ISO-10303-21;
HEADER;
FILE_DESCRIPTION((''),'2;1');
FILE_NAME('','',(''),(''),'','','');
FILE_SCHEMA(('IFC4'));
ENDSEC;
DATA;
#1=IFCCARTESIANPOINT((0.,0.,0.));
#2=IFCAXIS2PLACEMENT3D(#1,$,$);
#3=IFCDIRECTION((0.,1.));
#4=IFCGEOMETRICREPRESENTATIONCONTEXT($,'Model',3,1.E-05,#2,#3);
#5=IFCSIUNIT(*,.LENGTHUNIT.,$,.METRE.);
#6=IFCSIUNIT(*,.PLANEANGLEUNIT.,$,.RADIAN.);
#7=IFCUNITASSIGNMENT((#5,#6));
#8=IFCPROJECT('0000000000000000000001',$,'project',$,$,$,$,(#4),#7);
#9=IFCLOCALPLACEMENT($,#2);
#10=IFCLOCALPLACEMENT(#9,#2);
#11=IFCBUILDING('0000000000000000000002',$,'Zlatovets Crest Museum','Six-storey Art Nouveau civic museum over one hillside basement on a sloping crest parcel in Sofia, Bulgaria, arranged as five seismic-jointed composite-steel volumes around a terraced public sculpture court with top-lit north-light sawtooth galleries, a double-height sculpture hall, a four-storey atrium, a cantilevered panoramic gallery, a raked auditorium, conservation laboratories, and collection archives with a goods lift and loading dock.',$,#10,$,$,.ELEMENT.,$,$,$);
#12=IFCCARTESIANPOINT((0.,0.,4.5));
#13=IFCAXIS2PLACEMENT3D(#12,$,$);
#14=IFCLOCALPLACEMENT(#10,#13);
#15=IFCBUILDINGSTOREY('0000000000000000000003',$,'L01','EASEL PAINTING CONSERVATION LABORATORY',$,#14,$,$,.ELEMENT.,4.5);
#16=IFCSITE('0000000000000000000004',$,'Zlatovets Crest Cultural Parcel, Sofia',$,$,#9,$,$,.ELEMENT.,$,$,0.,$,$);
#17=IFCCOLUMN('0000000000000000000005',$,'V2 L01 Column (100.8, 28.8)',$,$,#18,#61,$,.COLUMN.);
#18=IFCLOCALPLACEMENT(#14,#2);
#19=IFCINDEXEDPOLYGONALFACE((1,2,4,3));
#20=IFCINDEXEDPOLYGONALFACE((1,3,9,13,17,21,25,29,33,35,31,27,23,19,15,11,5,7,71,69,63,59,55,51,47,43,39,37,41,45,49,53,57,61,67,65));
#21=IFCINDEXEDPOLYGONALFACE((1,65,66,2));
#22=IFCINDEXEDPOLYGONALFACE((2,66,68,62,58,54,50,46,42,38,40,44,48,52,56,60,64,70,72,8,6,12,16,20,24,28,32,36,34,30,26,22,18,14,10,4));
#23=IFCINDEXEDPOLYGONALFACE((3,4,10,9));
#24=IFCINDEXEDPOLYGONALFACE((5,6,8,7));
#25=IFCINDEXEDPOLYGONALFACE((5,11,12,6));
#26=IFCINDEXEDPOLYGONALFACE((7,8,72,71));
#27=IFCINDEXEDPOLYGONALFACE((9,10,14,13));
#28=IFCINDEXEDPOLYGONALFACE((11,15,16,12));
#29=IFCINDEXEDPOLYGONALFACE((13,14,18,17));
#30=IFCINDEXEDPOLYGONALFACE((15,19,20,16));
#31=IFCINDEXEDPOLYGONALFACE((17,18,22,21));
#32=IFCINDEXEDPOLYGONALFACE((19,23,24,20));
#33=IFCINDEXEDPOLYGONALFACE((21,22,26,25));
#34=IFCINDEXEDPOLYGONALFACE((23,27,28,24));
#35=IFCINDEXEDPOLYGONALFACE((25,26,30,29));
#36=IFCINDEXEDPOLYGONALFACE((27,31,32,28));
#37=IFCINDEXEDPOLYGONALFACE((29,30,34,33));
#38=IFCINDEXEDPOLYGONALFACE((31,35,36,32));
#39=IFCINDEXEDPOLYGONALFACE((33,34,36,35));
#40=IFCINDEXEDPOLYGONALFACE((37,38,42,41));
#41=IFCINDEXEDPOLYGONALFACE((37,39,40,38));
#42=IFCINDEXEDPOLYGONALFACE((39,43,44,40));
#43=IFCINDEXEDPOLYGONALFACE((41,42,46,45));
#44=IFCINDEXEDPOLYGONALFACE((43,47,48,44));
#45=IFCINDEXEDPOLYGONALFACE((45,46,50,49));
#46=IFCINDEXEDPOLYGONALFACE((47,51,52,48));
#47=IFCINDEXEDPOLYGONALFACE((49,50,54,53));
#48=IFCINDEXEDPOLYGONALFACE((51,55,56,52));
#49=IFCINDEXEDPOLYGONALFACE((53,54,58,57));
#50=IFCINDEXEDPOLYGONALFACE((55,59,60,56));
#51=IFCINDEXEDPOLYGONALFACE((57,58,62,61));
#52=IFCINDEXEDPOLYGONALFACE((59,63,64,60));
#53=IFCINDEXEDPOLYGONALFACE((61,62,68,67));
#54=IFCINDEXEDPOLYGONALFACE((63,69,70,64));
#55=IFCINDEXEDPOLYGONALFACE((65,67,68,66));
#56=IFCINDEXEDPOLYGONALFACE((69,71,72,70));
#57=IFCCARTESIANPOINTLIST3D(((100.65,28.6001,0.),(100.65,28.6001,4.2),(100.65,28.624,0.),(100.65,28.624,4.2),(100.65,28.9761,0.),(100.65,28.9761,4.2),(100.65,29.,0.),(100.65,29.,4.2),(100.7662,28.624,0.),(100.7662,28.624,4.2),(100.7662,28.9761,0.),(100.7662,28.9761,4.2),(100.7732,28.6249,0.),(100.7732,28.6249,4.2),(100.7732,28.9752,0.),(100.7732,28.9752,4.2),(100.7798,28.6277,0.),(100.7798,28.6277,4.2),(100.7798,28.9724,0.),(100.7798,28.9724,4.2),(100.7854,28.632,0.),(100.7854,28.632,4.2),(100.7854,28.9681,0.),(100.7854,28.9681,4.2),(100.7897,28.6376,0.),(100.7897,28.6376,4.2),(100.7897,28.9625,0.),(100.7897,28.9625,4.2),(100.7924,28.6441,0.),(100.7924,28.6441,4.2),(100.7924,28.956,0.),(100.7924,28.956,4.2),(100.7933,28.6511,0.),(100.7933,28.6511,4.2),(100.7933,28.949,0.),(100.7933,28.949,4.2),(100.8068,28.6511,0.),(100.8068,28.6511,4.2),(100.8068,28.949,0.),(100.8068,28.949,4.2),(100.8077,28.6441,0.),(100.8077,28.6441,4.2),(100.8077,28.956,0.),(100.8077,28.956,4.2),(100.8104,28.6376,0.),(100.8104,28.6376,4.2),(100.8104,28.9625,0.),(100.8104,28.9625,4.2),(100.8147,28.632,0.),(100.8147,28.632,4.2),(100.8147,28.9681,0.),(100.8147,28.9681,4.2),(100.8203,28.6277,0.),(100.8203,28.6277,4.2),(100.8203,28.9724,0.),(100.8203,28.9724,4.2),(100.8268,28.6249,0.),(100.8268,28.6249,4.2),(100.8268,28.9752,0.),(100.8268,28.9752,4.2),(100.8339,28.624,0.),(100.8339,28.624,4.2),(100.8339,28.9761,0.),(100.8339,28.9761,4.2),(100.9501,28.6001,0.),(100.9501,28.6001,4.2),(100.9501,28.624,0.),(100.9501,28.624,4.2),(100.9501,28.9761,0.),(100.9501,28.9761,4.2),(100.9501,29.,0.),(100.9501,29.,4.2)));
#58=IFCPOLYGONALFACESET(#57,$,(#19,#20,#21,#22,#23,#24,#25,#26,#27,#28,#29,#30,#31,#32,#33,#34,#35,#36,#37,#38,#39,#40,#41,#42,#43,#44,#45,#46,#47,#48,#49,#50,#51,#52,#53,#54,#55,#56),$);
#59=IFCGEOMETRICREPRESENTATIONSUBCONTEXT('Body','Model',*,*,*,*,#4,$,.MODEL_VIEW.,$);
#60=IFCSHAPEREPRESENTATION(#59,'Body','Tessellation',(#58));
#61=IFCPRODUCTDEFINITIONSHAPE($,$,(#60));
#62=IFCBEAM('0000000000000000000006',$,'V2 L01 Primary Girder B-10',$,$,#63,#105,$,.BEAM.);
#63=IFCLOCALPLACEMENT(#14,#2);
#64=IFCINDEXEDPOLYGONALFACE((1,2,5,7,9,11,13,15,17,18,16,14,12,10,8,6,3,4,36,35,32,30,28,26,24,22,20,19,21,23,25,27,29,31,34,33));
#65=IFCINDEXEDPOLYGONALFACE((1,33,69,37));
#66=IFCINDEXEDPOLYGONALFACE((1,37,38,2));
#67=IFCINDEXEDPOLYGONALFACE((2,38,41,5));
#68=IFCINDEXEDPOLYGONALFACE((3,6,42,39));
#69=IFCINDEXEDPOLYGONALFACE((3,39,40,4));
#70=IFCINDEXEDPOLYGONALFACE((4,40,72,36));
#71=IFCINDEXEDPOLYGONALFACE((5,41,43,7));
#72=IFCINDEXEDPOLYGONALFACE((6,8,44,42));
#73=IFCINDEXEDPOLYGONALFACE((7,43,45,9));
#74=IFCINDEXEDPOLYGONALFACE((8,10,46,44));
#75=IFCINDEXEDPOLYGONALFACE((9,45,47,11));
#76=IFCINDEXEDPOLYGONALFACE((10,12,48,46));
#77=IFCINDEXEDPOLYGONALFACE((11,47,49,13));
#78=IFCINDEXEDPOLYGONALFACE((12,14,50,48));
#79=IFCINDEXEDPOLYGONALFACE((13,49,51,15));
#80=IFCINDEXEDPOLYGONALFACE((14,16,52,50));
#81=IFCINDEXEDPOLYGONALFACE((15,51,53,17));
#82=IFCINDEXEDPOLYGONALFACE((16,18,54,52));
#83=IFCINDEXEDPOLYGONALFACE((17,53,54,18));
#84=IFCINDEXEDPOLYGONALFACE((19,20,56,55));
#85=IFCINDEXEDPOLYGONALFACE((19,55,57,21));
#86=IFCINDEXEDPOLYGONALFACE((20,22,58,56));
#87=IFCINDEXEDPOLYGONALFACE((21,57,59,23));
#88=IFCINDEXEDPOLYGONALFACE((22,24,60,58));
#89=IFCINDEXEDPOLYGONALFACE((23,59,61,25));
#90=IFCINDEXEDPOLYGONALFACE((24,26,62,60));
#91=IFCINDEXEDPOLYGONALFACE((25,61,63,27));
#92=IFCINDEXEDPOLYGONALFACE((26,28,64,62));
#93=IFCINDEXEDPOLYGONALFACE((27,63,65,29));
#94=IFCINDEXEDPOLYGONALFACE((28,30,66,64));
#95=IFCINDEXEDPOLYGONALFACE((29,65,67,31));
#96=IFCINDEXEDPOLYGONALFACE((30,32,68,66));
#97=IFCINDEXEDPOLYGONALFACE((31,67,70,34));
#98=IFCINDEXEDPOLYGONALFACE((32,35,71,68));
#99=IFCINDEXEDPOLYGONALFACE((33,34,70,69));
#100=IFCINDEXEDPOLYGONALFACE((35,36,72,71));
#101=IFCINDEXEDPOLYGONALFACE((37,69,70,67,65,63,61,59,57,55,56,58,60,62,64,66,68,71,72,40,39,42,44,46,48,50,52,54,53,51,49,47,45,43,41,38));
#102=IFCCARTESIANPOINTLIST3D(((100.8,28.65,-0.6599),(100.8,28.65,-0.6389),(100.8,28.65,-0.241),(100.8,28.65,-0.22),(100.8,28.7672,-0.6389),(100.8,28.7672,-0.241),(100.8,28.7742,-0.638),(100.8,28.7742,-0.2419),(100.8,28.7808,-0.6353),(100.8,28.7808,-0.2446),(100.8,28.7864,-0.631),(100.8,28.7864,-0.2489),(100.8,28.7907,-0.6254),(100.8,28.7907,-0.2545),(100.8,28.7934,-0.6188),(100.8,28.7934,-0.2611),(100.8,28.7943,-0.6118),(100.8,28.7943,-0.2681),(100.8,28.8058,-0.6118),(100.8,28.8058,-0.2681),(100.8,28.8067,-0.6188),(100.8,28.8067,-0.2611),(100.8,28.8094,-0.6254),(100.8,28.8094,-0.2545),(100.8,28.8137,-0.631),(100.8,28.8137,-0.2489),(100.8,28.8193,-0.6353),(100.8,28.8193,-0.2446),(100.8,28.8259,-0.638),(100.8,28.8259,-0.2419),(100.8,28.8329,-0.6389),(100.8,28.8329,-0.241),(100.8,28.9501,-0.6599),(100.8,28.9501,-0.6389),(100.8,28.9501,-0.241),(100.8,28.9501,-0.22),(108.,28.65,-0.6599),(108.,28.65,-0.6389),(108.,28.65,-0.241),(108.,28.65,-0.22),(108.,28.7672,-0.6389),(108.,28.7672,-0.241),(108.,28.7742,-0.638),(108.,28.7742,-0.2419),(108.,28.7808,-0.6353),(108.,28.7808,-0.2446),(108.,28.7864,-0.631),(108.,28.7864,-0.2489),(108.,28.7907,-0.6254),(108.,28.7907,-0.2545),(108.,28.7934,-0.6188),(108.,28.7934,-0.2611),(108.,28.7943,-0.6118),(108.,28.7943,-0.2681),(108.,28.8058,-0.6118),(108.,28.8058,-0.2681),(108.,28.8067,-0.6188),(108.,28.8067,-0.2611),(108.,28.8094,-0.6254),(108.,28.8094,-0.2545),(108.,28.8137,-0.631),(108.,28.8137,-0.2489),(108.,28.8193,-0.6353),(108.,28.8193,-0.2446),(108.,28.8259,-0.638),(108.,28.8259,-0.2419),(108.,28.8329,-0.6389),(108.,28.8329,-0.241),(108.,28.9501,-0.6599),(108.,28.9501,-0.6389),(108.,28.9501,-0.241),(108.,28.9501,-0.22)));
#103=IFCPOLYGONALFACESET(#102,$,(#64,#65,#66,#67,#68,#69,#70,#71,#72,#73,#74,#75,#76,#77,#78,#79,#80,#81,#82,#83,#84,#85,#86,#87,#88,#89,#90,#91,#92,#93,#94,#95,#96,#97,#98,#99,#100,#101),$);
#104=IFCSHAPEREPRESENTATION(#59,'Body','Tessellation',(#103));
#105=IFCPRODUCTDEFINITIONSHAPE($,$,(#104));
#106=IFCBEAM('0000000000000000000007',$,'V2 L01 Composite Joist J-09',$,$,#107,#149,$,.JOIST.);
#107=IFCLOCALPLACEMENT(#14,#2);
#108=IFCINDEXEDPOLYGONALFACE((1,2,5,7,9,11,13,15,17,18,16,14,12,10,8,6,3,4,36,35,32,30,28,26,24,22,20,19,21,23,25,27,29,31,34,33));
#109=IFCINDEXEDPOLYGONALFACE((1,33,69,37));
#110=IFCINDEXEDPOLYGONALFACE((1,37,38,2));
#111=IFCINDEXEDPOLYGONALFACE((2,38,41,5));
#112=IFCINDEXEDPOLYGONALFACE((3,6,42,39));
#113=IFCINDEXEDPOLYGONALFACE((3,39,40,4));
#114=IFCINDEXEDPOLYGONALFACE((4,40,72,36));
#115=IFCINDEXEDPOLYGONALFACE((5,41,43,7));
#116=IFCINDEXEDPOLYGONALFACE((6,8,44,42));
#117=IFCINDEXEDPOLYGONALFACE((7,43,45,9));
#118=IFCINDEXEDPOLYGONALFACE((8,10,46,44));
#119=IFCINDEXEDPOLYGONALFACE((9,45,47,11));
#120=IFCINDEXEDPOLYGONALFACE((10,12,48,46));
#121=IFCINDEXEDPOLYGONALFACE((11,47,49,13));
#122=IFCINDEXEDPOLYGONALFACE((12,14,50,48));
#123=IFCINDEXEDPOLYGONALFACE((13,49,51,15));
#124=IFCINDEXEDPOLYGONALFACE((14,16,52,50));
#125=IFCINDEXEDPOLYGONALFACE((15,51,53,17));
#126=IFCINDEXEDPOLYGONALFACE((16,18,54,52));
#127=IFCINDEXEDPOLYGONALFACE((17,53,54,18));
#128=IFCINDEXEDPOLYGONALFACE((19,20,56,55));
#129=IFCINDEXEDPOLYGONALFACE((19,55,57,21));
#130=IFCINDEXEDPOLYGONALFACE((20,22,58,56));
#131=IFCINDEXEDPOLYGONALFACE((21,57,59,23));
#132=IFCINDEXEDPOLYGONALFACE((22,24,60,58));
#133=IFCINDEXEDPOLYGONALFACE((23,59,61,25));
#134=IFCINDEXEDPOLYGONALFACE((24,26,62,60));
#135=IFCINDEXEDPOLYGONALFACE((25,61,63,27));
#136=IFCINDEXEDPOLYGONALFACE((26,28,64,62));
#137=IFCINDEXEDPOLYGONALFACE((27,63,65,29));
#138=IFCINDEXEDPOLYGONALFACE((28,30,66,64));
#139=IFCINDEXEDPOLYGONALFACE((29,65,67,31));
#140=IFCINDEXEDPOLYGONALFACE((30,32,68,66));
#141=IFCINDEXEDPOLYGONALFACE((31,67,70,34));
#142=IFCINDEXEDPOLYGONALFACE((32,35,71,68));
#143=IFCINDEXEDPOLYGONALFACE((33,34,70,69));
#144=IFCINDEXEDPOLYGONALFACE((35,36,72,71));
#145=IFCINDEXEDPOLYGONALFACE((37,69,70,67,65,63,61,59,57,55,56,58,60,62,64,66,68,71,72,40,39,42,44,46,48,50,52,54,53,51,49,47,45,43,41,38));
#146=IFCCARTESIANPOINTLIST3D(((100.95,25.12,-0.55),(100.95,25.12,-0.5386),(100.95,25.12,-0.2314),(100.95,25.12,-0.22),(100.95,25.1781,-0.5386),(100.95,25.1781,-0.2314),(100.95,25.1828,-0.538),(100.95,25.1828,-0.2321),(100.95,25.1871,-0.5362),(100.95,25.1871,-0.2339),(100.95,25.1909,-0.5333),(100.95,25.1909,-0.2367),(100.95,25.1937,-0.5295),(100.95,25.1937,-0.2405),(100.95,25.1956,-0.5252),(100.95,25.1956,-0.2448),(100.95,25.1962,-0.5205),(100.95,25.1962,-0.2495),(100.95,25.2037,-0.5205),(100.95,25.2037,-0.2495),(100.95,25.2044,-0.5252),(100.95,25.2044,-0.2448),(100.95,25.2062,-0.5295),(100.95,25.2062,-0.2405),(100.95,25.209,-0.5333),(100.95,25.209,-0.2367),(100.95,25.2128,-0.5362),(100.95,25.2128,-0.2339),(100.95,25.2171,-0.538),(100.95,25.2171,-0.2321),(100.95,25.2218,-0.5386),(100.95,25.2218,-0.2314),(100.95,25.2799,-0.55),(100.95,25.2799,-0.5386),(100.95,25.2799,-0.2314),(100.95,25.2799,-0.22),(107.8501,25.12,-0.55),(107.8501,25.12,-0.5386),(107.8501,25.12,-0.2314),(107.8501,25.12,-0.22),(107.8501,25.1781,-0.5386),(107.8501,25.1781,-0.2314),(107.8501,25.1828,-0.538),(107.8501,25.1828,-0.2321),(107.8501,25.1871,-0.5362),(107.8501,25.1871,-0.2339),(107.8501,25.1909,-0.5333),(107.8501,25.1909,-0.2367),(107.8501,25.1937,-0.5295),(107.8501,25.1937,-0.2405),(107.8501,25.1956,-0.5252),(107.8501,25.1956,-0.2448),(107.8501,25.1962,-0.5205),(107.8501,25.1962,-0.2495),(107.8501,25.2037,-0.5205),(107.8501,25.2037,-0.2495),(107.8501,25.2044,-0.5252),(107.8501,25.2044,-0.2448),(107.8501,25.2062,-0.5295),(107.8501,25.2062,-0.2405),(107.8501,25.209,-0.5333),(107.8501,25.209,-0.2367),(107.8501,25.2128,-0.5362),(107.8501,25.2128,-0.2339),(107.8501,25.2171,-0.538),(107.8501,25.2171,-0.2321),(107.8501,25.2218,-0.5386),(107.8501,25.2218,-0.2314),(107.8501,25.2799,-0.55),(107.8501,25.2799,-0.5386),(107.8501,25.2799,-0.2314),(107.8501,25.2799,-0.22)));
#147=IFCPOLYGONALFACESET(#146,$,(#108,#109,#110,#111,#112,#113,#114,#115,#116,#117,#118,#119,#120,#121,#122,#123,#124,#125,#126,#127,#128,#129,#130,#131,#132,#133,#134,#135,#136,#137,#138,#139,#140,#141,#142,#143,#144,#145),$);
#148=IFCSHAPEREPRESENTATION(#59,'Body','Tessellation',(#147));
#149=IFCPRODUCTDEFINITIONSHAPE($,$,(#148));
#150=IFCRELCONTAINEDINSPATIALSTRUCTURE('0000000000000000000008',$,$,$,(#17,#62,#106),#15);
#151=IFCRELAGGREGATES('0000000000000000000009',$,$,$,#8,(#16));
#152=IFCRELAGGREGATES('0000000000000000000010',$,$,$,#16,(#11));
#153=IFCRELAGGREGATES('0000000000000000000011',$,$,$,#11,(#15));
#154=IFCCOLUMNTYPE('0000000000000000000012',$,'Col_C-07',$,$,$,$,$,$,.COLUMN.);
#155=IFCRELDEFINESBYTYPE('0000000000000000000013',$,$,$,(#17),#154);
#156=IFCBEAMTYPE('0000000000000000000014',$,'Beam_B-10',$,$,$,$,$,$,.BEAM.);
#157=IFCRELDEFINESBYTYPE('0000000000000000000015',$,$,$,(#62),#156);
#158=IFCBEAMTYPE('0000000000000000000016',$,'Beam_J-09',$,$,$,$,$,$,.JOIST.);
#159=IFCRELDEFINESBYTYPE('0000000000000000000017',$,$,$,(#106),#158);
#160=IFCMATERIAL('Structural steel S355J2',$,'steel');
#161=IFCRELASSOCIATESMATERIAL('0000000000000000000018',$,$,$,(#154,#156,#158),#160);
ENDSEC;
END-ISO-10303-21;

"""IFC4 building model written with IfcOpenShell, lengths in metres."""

from ifc_helpers import new_model, si_unit, direction, frame, origin, origin_2d, place, context, subcontext, project, spatial, i_section, extrude, material, material_profile, profile_set, type_object, element, save


model = new_model("IFC4")

# Units and contexts
model_context = context("Model", 3, precision=1e-05, world=origin(), true_north=direction((0.0, 1.0)))
body_context = subcontext(model_context, "Body", "Model", "MODEL_VIEW")
ifc_project = project(units=[si_unit("LENGTHUNIT", "METRE"), si_unit("PLANEANGLEUNIT", "RADIAN")], contexts=[model_context])

# Site, building, storey
site_placement = place(None, origin())
site = spatial("IfcSite", under=ifc_project, at=site_placement, Name="Zlatovets Crest Cultural Parcel, Sofia", CompositionType="ELEMENT", RefElevation=0.0)
building_placement = place(site_placement, origin())
building = spatial("IfcBuilding", under=site, at=building_placement, Name="Zlatovets Crest Museum", Description="Six-storey Art Nouveau civic museum over one hillside basement on a sloping crest parcel in Sofia, Bulgaria, arranged as five seismic-jointed composite-steel volumes around a terraced public sculpture court with top-lit north-light sawtooth galleries, a double-height sculpture hall, a four-storey atrium, a cantilevered panoramic gallery, a raked auditorium, conservation laboratories, and collection archives with a goods lift and loading dock.", CompositionType="ELEMENT")
storey_placement = place(building_placement, frame((0.0, 0.0, 4.5)))
storey = spatial("IfcBuildingStorey", under=building, at=storey_placement, Name="L01", Description="EASEL PAINTING CONSERVATION LABORATORY", CompositionType="ELEMENT", Elevation=4.5)

# Column
ifc_material_1 = material(Name="Structural steel S355J2", Category="steel")
ifc_material_profile_1 = material_profile(ifc_material_1, i_section(OverallWidth=0.3, OverallDepth=0.3999, WebThickness=0.0134, FlangeThickness=0.0239, FilletRadius=0.0271, at=origin_2d()), Name="HEB 400")
ifc_profile_set_1 = profile_set([ifc_material_profile_1], Name="Structural steel S355J2")
column_type = type_object("IfcColumnType", Name="Col_C-07", PredefinedType="COLUMN", material=ifc_profile_set_1)
column_placement = place(storey_placement, frame((100.8, 28.8, 0.0), z_axis=(0.0, 0.0, 1.0), x_axis=(1.0, 0.0, 0.0)))
element("IfcColumn", 1, at=column_placement, inside=storey, type_object=column_type, Name="V2 L01 Column (100.8, 28.8)", PredefinedType="COLUMN", context=body_context, shape_type="SweptSolid", body=[
    extrude(i_section(OverallWidth=0.3, OverallDepth=0.3999, WebThickness=0.0134, FlangeThickness=0.0239, FilletRadius=0.0271, at=origin_2d()), origin(), (0.0, 0.0, 1.0), 4.2),
])

# Beams
ifc_material_profile_2 = material_profile(ifc_material_1, i_section(OverallWidth=0.3, OverallDepth=0.4399, WebThickness=0.0115, FlangeThickness=0.021, FilletRadius=0.0271, at=origin_2d()), Name="HEA 450")
ifc_profile_set_2 = profile_set([ifc_material_profile_2], Name="Structural steel S355J2")
beam_type_1 = type_object("IfcBeamType", Name="Beam_B-10", PredefinedType="BEAM", material=ifc_profile_set_2)
beam_1_placement = place(storey_placement, frame((100.8, 28.8, -0.4399), z_axis=(1.0, 0.0, 0.0), x_axis=(0.0, 1.0, 0.0)))
element("IfcBeam", 2, at=beam_1_placement, inside=storey, type_object=beam_type_1, Name="V2 L01 Primary Girder B-10", PredefinedType="BEAM", context=body_context, shape_type="SweptSolid", body=[
    extrude(i_section(OverallWidth=0.3, OverallDepth=0.4399, WebThickness=0.0115, FlangeThickness=0.021, FilletRadius=0.0271, at=origin_2d()), origin(), (0.0, 0.0, 1.0), 7.2),
])
ifc_material_profile_3 = material_profile(ifc_material_1, i_section(OverallWidth=0.1599, OverallDepth=0.3301, WebThickness=0.0076, FlangeThickness=0.0115, FilletRadius=0.0181, at=origin_2d()), Name="IPE 330")
ifc_profile_set_3 = profile_set([ifc_material_profile_3], Name="Structural steel S355J2")
beam_type_2 = type_object("IfcBeamType", Name="Beam_J-09", PredefinedType="JOIST", material=ifc_profile_set_3)
beam_2_placement = place(storey_placement, frame((100.95, 25.2, -0.385), z_axis=(1.0, 0.0, 0.0), x_axis=(0.0, 1.0, 0.0)))
element("IfcBeam", 3, at=beam_2_placement, inside=storey, type_object=beam_type_2, Name="V2 L01 Composite Joist J-09", PredefinedType="JOIST", context=body_context, shape_type="SweptSolid", body=[
    extrude(i_section(OverallWidth=0.1599, OverallDepth=0.3301, WebThickness=0.0076, FlangeThickness=0.0115, FilletRadius=0.0181, at=origin_2d()), origin(), (0.0, 0.0, 1.0), 6.9001),
])

save(model, "model.ifc")
